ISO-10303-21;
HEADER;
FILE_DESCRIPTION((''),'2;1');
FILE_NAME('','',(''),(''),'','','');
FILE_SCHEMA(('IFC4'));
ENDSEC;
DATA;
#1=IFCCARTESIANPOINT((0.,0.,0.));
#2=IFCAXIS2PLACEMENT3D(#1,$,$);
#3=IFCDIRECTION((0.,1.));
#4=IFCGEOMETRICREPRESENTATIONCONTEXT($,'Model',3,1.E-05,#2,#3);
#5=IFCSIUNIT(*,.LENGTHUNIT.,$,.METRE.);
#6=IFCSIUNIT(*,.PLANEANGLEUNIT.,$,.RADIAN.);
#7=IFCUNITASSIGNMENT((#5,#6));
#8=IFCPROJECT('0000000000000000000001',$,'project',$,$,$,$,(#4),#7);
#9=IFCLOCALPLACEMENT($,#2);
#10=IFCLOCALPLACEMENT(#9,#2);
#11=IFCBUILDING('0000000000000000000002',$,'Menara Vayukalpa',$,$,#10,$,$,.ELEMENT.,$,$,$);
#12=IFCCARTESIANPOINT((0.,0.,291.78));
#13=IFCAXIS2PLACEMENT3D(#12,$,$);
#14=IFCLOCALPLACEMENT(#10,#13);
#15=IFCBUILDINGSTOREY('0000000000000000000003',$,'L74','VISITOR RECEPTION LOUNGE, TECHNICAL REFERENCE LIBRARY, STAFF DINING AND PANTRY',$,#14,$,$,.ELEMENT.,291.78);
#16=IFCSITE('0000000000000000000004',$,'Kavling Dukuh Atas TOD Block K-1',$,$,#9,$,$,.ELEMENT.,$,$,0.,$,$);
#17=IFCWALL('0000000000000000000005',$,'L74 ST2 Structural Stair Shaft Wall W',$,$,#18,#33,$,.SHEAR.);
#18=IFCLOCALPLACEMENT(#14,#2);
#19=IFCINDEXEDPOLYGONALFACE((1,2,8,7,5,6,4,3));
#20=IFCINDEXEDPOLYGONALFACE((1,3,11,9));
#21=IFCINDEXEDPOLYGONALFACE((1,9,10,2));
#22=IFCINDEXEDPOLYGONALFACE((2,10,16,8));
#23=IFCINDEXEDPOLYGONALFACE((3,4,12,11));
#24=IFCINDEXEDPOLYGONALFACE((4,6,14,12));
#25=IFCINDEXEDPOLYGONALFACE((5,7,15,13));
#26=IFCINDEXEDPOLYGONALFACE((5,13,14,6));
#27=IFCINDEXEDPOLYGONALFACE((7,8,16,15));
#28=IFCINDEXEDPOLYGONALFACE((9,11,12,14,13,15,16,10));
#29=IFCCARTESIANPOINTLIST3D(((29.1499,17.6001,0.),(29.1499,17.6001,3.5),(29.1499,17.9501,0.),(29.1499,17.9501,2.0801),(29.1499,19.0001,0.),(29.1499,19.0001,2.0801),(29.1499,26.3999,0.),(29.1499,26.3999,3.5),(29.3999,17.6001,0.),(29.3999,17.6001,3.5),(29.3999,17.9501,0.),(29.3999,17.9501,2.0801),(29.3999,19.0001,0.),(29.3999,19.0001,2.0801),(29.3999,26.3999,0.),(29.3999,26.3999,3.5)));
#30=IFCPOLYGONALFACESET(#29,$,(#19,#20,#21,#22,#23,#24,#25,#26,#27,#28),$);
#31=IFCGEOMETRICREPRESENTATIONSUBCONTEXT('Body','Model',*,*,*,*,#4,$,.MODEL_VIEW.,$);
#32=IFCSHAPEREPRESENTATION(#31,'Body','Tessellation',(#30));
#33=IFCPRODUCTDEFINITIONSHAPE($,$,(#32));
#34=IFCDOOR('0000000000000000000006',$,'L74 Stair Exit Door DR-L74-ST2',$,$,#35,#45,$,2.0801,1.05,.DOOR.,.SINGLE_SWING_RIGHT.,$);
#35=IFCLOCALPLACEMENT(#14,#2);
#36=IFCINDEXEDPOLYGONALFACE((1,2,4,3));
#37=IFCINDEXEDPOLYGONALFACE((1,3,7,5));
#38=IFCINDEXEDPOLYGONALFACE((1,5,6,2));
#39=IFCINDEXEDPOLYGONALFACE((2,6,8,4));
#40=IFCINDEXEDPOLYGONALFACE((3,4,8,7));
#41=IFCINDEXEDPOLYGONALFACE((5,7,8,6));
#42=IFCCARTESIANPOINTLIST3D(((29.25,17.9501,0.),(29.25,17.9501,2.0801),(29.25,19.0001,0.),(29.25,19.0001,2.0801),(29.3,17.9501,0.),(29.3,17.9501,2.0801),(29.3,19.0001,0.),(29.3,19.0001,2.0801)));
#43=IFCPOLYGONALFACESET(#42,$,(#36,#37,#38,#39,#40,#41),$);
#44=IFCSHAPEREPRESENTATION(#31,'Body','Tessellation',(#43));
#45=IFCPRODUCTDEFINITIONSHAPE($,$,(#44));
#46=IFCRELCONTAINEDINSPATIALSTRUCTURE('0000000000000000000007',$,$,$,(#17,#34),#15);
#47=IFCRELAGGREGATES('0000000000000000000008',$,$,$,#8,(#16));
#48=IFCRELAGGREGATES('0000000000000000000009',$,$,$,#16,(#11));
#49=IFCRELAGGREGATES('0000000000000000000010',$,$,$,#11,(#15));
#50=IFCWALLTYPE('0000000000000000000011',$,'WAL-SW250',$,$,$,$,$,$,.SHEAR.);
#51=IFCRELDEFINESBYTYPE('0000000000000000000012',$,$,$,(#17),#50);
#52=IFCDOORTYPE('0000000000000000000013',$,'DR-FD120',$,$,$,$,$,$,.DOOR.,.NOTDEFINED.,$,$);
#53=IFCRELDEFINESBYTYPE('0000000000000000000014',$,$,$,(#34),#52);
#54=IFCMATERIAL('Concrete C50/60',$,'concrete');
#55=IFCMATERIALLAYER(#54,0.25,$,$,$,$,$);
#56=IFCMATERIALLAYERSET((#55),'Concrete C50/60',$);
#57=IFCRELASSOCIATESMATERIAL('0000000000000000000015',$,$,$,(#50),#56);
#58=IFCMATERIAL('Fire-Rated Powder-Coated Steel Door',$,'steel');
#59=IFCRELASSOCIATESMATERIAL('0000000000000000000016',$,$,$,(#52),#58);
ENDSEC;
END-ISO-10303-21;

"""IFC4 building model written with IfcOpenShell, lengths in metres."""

from ifc_helpers import new_model, si_unit, direction, frame, frame_2d, origin, place, context, subcontext, project, spatial, rectangle, extrude, material, layer, layer_set, type_object, element, fill, save


model = new_model("IFC4")

# Units and contexts
model_context = context("Model", 3, precision=1e-05, world=origin(), true_north=direction((0.0, 1.0)))
body_context = subcontext(model_context, "Body", "Model", "MODEL_VIEW")
ifc_project = project(units=[si_unit("LENGTHUNIT", "METRE"), si_unit("PLANEANGLEUNIT", "RADIAN")], contexts=[model_context])

# Site, building, storey
site_placement = place(None, origin())
site = spatial("IfcSite", under=ifc_project, at=site_placement, Name="Kavling Dukuh Atas TOD Block K-1", CompositionType="ELEMENT", RefElevation=0.0)
building_placement = place(site_placement, origin())
building = spatial("IfcBuilding", under=site, at=building_placement, Name="Menara Vayukalpa", CompositionType="ELEMENT")
storey_placement = place(building_placement, frame((0.0, 0.0, 291.78)))
storey = spatial("IfcBuildingStorey", under=building, at=storey_placement, Name="L74", Description="VISITOR RECEPTION LOUNGE, TECHNICAL REFERENCE LIBRARY, STAFF DINING AND PANTRY", CompositionType="ELEMENT", Elevation=291.78)

# Wall, opening, door
ifc_material_1 = material(Name="Concrete C50/60", Category="concrete")
ifc_layer_1 = layer(ifc_material_1, 0.25)
ifc_layer_set_1 = layer_set([ifc_layer_1], Name="Concrete C50/60")
wall_type_1 = type_object("IfcWallType", Name="WAL-SW250", PredefinedType="SHEAR", material=ifc_layer_set_1)
wall_1_placement = place(storey_placement, frame((29.2749, 17.6001, 0.0), z_axis=(0.0, 0.0, 1.0), x_axis=(0.0, 1.0, 0.0)))
wall_1 = element("IfcWall", 1, at=wall_1_placement, inside=storey, type_object=wall_type_1, Name="L74 ST2 Structural Stair Shaft Wall W", PredefinedType="SHEAR", context=body_context, shape_type="SweptSolid", body=[
    extrude(rectangle(XDim=8.7998, YDim=0.25, at=frame_2d((4.3999, 0.0))), origin(), (0.0, 0.0, 1.0), 3.5),
])
opening_1_placement = place(wall_1_placement, frame((0.3501, 0.0, 0.0)))
opening_1 = element("IfcOpeningElement", 2, at=opening_1_placement, cuts=wall_1, PredefinedType="OPENING", context=body_context, shape_type="SweptSolid", body=[
    extrude(rectangle(XDim=1.05, YDim=2.0801, at=frame_2d((0.5249, 1.04))), frame((0.0, 0.135, 0.0), z_axis=(0.0, -1.0, 0.0), x_axis=(1.0, 0.0, 0.0)), (0.0, 0.0, 1.0), 0.27),
])
ifc_material_2 = material(Name="Fire-Rated Powder-Coated Steel Door", Category="steel")
door_type_1 = type_object("IfcDoorType", Name="DR-FD120", OperationType="NOTDEFINED", PredefinedType="DOOR", material=ifc_material_2)
door_1_placement = place(opening_1_placement, origin())
door_1 = element("IfcDoor", 3, at=door_1_placement, inside=storey, type_object=door_type_1, Name="L74 Stair Exit Door DR-L74-ST2", OperationType="SINGLE_SWING_RIGHT", OverallHeight=2.0801, OverallWidth=1.05, PredefinedType="DOOR", context=body_context, shape_type="SweptSolid", body=[
    extrude(rectangle(XDim=1.05, YDim=2.0801, at=frame_2d((0.5249, 1.04))), frame((0.0, 0.0249, 0.0), z_axis=(0.0, -1.0, 0.0), x_axis=(1.0, 0.0, 0.0)), (0.0, 0.0, 1.0), 0.05),
])
fill(opening_1, door_1)

save(model, "model.ifc")
